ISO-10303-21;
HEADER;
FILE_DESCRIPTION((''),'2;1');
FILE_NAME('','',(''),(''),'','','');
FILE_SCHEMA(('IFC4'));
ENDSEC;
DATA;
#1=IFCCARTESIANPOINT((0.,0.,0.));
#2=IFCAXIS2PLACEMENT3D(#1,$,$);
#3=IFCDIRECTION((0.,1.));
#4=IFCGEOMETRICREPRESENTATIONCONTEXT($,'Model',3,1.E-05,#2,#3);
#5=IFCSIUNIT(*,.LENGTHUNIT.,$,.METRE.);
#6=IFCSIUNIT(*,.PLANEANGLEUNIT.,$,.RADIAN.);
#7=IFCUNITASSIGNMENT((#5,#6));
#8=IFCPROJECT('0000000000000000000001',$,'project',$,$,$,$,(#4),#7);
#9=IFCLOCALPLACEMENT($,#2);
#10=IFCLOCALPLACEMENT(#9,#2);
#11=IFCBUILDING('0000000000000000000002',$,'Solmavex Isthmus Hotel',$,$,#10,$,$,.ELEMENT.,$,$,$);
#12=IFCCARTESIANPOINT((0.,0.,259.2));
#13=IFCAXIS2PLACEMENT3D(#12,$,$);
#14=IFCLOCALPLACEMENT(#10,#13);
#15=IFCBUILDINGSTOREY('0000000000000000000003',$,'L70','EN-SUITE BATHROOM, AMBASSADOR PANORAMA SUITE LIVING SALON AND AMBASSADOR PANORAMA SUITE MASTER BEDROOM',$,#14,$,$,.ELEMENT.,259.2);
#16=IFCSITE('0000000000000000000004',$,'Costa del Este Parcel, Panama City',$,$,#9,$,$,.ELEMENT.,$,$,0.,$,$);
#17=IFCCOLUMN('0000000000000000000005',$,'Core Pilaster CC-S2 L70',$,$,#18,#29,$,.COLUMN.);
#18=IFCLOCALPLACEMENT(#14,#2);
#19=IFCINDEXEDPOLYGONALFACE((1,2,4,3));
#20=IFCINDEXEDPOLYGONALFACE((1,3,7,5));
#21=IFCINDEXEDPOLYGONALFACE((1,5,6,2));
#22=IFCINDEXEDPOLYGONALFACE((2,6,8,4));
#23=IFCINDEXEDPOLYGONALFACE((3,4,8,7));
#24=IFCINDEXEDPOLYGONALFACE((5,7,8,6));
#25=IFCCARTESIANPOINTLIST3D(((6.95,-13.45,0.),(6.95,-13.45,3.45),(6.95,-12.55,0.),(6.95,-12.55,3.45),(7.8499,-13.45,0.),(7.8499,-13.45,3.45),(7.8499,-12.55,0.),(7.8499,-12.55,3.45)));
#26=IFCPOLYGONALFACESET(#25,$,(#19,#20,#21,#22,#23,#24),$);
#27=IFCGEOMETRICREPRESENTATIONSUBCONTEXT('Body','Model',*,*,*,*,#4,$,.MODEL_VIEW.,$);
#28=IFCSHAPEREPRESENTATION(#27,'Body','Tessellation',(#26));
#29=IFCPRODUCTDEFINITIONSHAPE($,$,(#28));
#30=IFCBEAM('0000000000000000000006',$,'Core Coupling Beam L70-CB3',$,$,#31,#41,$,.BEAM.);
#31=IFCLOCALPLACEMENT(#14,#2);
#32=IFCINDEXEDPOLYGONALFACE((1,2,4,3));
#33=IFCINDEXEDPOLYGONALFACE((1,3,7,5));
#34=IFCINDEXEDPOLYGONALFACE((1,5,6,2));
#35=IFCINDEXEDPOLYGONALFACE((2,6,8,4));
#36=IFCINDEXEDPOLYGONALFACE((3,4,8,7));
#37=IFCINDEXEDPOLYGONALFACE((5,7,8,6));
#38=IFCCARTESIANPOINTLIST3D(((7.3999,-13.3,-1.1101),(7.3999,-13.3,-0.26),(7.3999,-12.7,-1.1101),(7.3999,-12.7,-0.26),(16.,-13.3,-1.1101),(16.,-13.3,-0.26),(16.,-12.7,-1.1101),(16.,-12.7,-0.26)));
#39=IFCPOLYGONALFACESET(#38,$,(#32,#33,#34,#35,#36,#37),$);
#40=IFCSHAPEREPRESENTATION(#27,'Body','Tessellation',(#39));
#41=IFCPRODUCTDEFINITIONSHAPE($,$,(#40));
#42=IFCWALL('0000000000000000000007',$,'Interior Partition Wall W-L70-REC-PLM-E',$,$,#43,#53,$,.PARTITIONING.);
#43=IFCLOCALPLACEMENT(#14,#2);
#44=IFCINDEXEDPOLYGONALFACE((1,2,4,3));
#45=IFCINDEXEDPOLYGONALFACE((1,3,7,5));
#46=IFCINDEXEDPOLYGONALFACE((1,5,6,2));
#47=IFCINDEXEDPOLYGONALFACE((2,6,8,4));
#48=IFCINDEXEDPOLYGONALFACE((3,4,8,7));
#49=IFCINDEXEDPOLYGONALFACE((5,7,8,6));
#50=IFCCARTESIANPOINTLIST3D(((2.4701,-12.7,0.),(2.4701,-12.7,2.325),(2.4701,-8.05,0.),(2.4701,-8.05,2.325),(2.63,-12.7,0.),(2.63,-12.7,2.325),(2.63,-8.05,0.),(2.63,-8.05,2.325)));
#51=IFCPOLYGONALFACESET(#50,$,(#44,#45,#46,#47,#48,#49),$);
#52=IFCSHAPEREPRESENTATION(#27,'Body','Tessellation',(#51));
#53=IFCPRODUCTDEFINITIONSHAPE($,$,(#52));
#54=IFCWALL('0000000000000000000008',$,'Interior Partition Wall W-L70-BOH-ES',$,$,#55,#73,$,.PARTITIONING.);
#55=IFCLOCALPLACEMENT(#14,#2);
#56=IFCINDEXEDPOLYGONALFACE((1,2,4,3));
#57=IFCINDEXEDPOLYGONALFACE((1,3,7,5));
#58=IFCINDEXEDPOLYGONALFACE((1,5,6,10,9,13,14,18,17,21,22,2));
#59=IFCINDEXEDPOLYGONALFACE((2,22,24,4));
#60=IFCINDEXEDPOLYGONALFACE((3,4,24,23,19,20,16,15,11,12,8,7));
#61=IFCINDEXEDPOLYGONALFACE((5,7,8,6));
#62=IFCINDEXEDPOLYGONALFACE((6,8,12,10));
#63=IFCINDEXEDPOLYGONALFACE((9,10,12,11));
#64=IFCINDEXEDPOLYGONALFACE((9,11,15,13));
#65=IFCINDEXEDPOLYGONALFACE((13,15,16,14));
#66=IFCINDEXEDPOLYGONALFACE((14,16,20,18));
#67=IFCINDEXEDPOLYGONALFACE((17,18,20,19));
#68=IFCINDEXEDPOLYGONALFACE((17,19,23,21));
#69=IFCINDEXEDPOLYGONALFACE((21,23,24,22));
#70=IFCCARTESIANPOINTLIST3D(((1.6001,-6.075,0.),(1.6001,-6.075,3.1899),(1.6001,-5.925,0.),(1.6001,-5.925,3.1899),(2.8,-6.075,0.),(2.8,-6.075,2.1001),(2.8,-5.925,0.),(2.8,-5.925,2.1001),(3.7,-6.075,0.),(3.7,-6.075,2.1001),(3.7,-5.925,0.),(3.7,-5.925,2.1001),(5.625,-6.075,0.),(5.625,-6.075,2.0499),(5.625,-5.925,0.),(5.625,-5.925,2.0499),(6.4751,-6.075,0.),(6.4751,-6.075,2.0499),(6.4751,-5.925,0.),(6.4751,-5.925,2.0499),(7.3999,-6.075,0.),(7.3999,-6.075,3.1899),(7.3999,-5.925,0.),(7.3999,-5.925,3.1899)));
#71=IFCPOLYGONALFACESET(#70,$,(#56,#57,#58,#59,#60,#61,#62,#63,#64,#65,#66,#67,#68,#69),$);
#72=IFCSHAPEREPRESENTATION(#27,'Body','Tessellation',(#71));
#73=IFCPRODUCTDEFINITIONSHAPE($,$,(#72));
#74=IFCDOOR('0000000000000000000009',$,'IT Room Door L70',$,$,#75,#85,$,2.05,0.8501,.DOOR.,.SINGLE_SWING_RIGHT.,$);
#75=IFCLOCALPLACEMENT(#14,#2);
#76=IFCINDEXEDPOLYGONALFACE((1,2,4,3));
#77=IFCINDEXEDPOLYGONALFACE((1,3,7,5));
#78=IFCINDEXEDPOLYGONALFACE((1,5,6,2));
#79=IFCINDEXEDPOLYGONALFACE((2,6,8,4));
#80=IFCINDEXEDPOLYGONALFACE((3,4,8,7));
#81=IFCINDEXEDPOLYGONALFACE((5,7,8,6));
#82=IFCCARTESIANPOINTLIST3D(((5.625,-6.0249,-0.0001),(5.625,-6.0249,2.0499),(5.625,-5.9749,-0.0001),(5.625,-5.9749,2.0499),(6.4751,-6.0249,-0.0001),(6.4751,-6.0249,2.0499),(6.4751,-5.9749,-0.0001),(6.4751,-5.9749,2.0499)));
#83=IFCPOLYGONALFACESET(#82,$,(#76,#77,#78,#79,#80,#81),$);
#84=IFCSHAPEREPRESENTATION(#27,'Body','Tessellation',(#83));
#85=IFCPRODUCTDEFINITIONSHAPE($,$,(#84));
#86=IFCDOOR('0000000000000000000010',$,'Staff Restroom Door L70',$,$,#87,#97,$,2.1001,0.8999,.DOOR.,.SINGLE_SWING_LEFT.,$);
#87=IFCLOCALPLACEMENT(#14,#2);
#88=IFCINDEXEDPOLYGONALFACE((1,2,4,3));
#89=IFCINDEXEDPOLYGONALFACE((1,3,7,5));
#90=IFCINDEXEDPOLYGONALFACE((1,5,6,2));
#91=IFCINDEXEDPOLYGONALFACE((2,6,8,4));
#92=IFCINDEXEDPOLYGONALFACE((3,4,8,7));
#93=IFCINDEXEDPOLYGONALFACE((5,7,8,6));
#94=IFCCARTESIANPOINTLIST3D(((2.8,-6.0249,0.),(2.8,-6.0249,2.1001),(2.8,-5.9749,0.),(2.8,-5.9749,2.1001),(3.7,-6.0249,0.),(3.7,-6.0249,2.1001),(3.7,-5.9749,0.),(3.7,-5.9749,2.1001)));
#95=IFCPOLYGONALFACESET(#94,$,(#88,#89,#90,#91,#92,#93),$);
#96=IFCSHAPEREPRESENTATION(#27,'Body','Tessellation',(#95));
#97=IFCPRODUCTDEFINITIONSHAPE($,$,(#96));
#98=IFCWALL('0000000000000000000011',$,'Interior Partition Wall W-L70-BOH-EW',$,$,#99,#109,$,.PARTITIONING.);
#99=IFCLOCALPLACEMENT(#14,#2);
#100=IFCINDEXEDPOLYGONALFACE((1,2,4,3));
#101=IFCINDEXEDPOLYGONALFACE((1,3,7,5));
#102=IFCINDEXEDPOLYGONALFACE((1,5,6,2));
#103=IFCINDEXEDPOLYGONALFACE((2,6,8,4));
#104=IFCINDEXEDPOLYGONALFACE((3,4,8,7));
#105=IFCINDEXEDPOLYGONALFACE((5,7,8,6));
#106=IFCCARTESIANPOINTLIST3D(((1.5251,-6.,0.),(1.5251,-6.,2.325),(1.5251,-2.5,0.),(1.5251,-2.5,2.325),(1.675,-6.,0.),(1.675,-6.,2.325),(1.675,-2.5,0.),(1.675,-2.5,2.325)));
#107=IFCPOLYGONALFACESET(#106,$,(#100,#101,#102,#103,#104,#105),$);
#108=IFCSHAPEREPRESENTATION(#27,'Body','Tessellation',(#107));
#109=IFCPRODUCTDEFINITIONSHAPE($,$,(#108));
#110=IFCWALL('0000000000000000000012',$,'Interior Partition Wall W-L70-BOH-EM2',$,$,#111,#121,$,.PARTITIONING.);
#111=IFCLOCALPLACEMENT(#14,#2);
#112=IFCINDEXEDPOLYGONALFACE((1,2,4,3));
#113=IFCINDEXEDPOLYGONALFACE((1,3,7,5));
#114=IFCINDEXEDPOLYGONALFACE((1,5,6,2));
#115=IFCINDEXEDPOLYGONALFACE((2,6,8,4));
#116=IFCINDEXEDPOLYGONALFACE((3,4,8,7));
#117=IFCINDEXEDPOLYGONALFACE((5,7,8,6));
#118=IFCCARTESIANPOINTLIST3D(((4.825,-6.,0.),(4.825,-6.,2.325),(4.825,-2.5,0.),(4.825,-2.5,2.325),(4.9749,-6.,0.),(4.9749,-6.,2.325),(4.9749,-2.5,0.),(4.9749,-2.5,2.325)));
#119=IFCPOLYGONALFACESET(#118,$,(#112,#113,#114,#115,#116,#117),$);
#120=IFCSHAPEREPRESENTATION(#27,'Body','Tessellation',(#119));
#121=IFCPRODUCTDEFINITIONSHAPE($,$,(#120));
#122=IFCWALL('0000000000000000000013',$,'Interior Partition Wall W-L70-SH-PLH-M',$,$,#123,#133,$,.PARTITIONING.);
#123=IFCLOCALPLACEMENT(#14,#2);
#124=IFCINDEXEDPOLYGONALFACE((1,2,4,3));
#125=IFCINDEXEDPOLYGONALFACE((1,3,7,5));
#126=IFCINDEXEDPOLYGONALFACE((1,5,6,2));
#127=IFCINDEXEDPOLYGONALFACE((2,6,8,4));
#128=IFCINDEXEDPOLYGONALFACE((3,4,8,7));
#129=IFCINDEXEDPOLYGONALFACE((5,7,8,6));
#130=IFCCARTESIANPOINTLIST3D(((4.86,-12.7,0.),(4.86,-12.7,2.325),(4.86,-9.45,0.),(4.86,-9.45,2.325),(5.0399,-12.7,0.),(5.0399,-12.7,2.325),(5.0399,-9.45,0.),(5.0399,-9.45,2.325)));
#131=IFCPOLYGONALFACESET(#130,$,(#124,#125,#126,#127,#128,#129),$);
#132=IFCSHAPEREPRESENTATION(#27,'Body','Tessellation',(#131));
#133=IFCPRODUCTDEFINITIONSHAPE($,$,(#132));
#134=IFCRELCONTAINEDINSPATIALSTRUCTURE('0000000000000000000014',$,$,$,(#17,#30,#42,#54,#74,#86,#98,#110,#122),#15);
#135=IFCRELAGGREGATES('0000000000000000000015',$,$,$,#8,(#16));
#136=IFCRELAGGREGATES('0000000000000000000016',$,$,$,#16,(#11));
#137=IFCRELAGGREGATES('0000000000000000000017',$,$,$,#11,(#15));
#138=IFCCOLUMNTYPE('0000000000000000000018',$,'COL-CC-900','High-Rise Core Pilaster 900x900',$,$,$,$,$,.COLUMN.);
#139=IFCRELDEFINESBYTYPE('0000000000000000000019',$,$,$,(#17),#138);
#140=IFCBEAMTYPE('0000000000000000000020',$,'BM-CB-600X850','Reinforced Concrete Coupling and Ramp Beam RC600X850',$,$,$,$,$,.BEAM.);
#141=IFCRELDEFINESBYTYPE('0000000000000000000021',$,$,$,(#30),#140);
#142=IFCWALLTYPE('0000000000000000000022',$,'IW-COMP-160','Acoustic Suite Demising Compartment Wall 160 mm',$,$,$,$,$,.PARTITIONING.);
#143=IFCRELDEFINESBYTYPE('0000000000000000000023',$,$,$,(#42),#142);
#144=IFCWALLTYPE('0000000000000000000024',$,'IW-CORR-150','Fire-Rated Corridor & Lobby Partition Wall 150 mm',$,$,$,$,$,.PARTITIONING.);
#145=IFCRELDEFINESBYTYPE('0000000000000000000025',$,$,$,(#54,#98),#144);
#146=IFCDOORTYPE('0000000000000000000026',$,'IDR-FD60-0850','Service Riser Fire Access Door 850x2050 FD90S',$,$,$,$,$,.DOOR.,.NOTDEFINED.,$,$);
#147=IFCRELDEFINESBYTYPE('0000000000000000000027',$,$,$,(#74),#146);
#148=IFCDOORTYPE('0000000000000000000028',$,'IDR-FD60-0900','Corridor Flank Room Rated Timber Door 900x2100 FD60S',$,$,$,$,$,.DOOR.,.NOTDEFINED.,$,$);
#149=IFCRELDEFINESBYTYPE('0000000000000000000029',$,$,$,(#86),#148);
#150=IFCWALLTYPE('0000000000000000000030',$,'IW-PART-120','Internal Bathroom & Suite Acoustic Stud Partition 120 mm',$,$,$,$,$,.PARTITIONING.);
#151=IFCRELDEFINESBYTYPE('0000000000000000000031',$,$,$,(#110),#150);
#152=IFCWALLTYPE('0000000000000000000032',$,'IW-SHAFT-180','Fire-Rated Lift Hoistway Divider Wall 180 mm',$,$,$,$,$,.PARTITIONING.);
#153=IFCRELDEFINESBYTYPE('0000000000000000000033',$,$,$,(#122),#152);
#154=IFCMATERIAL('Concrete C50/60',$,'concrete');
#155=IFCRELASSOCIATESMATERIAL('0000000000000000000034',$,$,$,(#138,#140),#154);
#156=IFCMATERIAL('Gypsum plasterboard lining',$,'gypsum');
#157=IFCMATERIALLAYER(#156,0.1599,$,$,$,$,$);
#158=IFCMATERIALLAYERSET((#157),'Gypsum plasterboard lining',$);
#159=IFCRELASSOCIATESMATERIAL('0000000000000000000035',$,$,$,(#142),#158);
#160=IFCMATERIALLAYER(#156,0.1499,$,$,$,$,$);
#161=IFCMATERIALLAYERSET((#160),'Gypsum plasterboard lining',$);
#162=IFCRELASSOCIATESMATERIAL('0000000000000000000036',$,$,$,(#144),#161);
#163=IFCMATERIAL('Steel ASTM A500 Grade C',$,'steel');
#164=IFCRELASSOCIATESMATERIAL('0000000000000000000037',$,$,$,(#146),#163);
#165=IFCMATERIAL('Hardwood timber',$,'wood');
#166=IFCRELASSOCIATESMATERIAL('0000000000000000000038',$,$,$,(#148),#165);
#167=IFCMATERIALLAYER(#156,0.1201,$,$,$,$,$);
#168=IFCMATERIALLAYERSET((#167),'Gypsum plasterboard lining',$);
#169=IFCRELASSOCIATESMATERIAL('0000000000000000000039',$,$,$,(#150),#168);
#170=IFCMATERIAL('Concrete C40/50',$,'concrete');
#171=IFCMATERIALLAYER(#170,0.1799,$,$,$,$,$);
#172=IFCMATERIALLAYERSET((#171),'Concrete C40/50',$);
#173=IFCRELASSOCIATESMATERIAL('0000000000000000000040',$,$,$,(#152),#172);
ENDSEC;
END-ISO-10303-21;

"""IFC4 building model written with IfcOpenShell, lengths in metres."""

from ifc_helpers import new_model, si_unit, direction, frame, frame_2d, origin, origin_2d, place, context, subcontext, project, spatial, rectangle, extrude, material, layer, layer_set, material_profile, profile_set, type_object, element, fill, save


model = new_model("IFC4")

# Units and contexts
model_context = context("Model", 3, precision=1e-05, world=origin(), true_north=direction((0.0, 1.0)))
body_context = subcontext(model_context, "Body", "Model", "MODEL_VIEW")
ifc_project = project(units=[si_unit("LENGTHUNIT", "METRE"), si_unit("PLANEANGLEUNIT", "RADIAN")], contexts=[model_context])

# Site, building, storey
site_placement = place(None, origin())
site = spatial("IfcSite", under=ifc_project, at=site_placement, Name="Costa del Este Parcel, Panama City", CompositionType="ELEMENT", RefElevation=0.0)
building_placement = place(site_placement, origin())
building = spatial("IfcBuilding", under=site, at=building_placement, Name="Solmavex Isthmus Hotel", CompositionType="ELEMENT")
storey_placement = place(building_placement, frame((0.0, 0.0, 259.2)))
storey = spatial("IfcBuildingStorey", under=building, at=storey_placement, Name="L70", Description="EN-SUITE BATHROOM, AMBASSADOR PANORAMA SUITE LIVING SALON AND AMBASSADOR PANORAMA SUITE MASTER BEDROOM", CompositionType="ELEMENT", Elevation=259.2)

# Column
ifc_material_1 = material(Name="Concrete C50/60", Category="concrete")
ifc_material_profile_1 = material_profile(ifc_material_1, rectangle(XDim=0.8999, YDim=0.8999, at=origin_2d()), Name="RC900X900")
ifc_profile_set_1 = profile_set([ifc_material_profile_1], Name="Concrete C50/60")
column_type = type_object("IfcColumnType", Name="COL-CC-900", Description="High-Rise Core Pilaster 900x900", PredefinedType="COLUMN", material=ifc_profile_set_1)
column_placement = place(storey_placement, frame((7.3999, -13.0, 0.0), z_axis=(0.0, 0.0, 1.0), x_axis=(1.0, 0.0, 0.0)))
element("IfcColumn", 1, at=column_placement, inside=storey, type_object=column_type, Name="Core Pilaster CC-S2 L70", PredefinedType="COLUMN", context=body_context, shape_type="SweptSolid", body=[
    extrude(rectangle(XDim=0.8999, YDim=0.8999, at=origin_2d()), origin(), (0.0, 0.0, 1.0), 3.45),
])

# Beam
ifc_material_profile_2 = material_profile(ifc_material_1, rectangle(XDim=0.6001, YDim=0.8501, at=origin_2d()), Name="RC600X850")
ifc_profile_set_2 = profile_set([ifc_material_profile_2], Name="Concrete C50/60")
beam_type = type_object("IfcBeamType", Name="BM-CB-600X850", Description="Reinforced Concrete Coupling and Ramp Beam RC600X850", PredefinedType="BEAM", material=ifc_profile_set_2)
beam_placement = place(storey_placement, frame((7.3999, -13.0, -0.6851), z_axis=(1.0, 0.0, 0.0), x_axis=(0.0, 1.0, 0.0)))
element("IfcBeam", 2, at=beam_placement, inside=storey, type_object=beam_type, Name="Core Coupling Beam L70-CB3", PredefinedType="BEAM", context=body_context, shape_type="SweptSolid", body=[
    extrude(rectangle(XDim=0.6001, YDim=0.8501, at=origin_2d()), origin(), (0.0, 0.0, 1.0), 8.6001),
])

# Wall
ifc_material_2 = material(Name="Gypsum plasterboard lining", Category="gypsum")
ifc_layer_1 = layer(ifc_material_2, 0.1599)
ifc_layer_set_1 = layer_set([ifc_layer_1], Name="Gypsum plasterboard lining")
wall_type_1 = type_object("IfcWallType", Name="IW-COMP-160", Description="Acoustic Suite Demising Compartment Wall 160 mm", PredefinedType="PARTITIONING", material=ifc_layer_set_1)
wall_1_placement = place(storey_placement, frame((2.55, -12.7, 0.0), z_axis=(0.0, 0.0, 1.0), x_axis=(0.0, 1.0, 0.0)))
element("IfcWall", 3, at=wall_1_placement, inside=storey, type_object=wall_type_1, Name="Interior Partition Wall W-L70-REC-PLM-E", PredefinedType="PARTITIONING", context=body_context, shape_type="SweptSolid", body=[
    extrude(rectangle(XDim=4.6499, YDim=0.1599, at=frame_2d((2.325, 0.0))), origin(), (0.0, 0.0, 1.0), 2.325),
])

# Wall, openings, doors
ifc_layer_2 = layer(ifc_material_2, 0.1499)
ifc_layer_set_2 = layer_set([ifc_layer_2], Name="Gypsum plasterboard lining")
wall_type_2 = type_object("IfcWallType", Name="IW-CORR-150", Description="Fire-Rated Corridor & Lobby Partition Wall 150 mm", PredefinedType="PARTITIONING", material=ifc_layer_set_2)
wall_2_placement = place(storey_placement, frame((1.6001, -6.0, 0.0), z_axis=(0.0, 0.0, 1.0), x_axis=(1.0, 0.0, 0.0)))
wall_2 = element("IfcWall", 4, at=wall_2_placement, inside=storey, type_object=wall_type_2, Name="Interior Partition Wall W-L70-BOH-ES", PredefinedType="PARTITIONING", context=body_context, shape_type="SweptSolid", body=[
    extrude(rectangle(XDim=5.7998, YDim=0.1499, at=frame_2d((2.8999, 0.0))), origin(), (0.0, 0.0, 1.0), 3.1899),
])
opening_1_placement = place(wall_2_placement, frame((1.2, 0.0, 0.0)))
opening_1 = element("IfcOpeningElement", 5, at=opening_1_placement, cuts=wall_2, PredefinedType="OPENING", context=body_context, shape_type="SweptSolid", body=[
    extrude(rectangle(XDim=0.8999, YDim=2.1001, at=frame_2d((0.45, 1.05))), frame((0.0, 0.085, 0.0), z_axis=(0.0, -1.0, 0.0), x_axis=(1.0, 0.0, 0.0)), (0.0, 0.0, 1.0), 0.1699),
])
opening_2_placement = place(wall_2_placement, frame((4.0249, 0.0, 0.0)))
opening_2 = element("IfcOpeningElement", 6, at=opening_2_placement, cuts=wall_2, PredefinedType="OPENING", context=body_context, shape_type="SweptSolid", body=[
    extrude(rectangle(XDim=0.8501, YDim=2.05, at=frame_2d((0.425, 1.0249))), frame((0.0, 0.085, 0.0), z_axis=(0.0, -1.0, 0.0), x_axis=(1.0, 0.0, 0.0)), (0.0, 0.0, 1.0), 0.1699),
])
ifc_material_3 = material(Name="Steel ASTM A500 Grade C", Category="steel")
door_type_1 = type_object("IfcDoorType", Name="IDR-FD60-0850", Description="Service Riser Fire Access Door 850x2050 FD90S", OperationType="NOTDEFINED", PredefinedType="DOOR", material=ifc_material_3)
door_1_placement = place(opening_2_placement, frame((0.8501, 0.0, 0.0), z_axis=(0.0, 0.0, 1.0), x_axis=(-1.0, 0.0, 0.0)))
door_1 = element("IfcDoor", 7, at=door_1_placement, inside=storey, type_object=door_type_1, Name="IT Room Door L70", OperationType="SINGLE_SWING_RIGHT", OverallHeight=2.05, OverallWidth=0.8501, PredefinedType="DOOR", context=body_context, shape_type="SweptSolid", body=[
    extrude(rectangle(XDim=0.8501, YDim=2.05, at=frame_2d((0.425, 1.0249))), frame((0.0, 0.0249, 0.0), z_axis=(0.0, -1.0, 0.0), x_axis=(1.0, 0.0, 0.0)), (0.0, 0.0, 1.0), 0.05),
])
fill(opening_2, door_1)
ifc_material_4 = material(Name="Hardwood timber", Category="wood")
door_type_2 = type_object("IfcDoorType", Name="IDR-FD60-0900", Description="Corridor Flank Room Rated Timber Door 900x2100 FD60S", OperationType="NOTDEFINED", PredefinedType="DOOR", material=ifc_material_4)
door_2_placement = place(opening_1_placement, frame((0.8999, 0.0, 0.0), z_axis=(0.0, 0.0, 1.0), x_axis=(-1.0, 0.0, 0.0)))
door_2 = element("IfcDoor", 8, at=door_2_placement, inside=storey, type_object=door_type_2, Name="Staff Restroom Door L70", OperationType="SINGLE_SWING_LEFT", OverallHeight=2.1001, OverallWidth=0.8999, PredefinedType="DOOR", context=body_context, shape_type="SweptSolid", body=[
    extrude(rectangle(XDim=0.8999, YDim=2.1001, at=frame_2d((0.45, 1.05))), frame((0.0, 0.0249, 0.0), z_axis=(0.0, -1.0, 0.0), x_axis=(1.0, 0.0, 0.0)), (0.0, 0.0, 1.0), 0.05),
])
fill(opening_1, door_2)

# Walls
wall_3_placement = place(storey_placement, frame((1.6001, -6.0, 0.0), z_axis=(0.0, 0.0, 1.0), x_axis=(0.0, 1.0, 0.0)))
element("IfcWall", 9, at=wall_3_placement, inside=storey, type_object=wall_type_2, Name="Interior Partition Wall W-L70-BOH-EW", PredefinedType="PARTITIONING", context=body_context, shape_type="SweptSolid", body=[
    extrude(rectangle(XDim=3.5, YDim=0.1499, at=frame_2d((1.75, 0.0))), origin(), (0.0, 0.0, 1.0), 2.325),
])
ifc_layer_3 = layer(ifc_material_2, 0.1201)
ifc_layer_set_3 = layer_set([ifc_layer_3], Name="Gypsum plasterboard lining")
wall_type_3 = type_object("IfcWallType", Name="IW-PART-120", Description="Internal Bathroom & Suite Acoustic Stud Partition 120 mm", PredefinedType="PARTITIONING", material=ifc_layer_set_3)
wall_4_placement = place(storey_placement, frame((4.8999, -6.0, 0.0), z_axis=(0.0, 0.0, 1.0), x_axis=(0.0, 1.0, 0.0)))
element("IfcWall", 10, at=wall_4_placement, inside=storey, type_object=wall_type_3, Name="Interior Partition Wall W-L70-BOH-EM2", PredefinedType="PARTITIONING", context=body_context, shape_type="SweptSolid", body=[
    extrude(rectangle(XDim=3.5, YDim=0.1499, at=frame_2d((1.75, 0.0))), origin(), (0.0, 0.0, 1.0), 2.325),
])
ifc_material_5 = material(Name="Concrete C40/50", Category="concrete")
ifc_layer_4 = layer(ifc_material_5, 0.1799)
ifc_layer_set_4 = layer_set([ifc_layer_4], Name="Concrete C40/50")
wall_type_4 = type_object("IfcWallType", Name="IW-SHAFT-180", Description="Fire-Rated Lift Hoistway Divider Wall 180 mm", PredefinedType="PARTITIONING", material=ifc_layer_set_4)
wall_5_placement = place(storey_placement, frame((4.95, -12.7, 0.0), z_axis=(0.0, 0.0, 1.0), x_axis=(0.0, 1.0, 0.0)))
element("IfcWall", 11, at=wall_5_placement, inside=storey, type_object=wall_type_4, Name="Interior Partition Wall W-L70-SH-PLH-M", PredefinedType="PARTITIONING", context=body_context, shape_type="SweptSolid", body=[
    extrude(rectangle(XDim=3.25, YDim=0.1799, at=frame_2d((1.625, 0.0))), origin(), (0.0, 0.0, 1.0), 2.325),
])

save(model, "model.ifc")
